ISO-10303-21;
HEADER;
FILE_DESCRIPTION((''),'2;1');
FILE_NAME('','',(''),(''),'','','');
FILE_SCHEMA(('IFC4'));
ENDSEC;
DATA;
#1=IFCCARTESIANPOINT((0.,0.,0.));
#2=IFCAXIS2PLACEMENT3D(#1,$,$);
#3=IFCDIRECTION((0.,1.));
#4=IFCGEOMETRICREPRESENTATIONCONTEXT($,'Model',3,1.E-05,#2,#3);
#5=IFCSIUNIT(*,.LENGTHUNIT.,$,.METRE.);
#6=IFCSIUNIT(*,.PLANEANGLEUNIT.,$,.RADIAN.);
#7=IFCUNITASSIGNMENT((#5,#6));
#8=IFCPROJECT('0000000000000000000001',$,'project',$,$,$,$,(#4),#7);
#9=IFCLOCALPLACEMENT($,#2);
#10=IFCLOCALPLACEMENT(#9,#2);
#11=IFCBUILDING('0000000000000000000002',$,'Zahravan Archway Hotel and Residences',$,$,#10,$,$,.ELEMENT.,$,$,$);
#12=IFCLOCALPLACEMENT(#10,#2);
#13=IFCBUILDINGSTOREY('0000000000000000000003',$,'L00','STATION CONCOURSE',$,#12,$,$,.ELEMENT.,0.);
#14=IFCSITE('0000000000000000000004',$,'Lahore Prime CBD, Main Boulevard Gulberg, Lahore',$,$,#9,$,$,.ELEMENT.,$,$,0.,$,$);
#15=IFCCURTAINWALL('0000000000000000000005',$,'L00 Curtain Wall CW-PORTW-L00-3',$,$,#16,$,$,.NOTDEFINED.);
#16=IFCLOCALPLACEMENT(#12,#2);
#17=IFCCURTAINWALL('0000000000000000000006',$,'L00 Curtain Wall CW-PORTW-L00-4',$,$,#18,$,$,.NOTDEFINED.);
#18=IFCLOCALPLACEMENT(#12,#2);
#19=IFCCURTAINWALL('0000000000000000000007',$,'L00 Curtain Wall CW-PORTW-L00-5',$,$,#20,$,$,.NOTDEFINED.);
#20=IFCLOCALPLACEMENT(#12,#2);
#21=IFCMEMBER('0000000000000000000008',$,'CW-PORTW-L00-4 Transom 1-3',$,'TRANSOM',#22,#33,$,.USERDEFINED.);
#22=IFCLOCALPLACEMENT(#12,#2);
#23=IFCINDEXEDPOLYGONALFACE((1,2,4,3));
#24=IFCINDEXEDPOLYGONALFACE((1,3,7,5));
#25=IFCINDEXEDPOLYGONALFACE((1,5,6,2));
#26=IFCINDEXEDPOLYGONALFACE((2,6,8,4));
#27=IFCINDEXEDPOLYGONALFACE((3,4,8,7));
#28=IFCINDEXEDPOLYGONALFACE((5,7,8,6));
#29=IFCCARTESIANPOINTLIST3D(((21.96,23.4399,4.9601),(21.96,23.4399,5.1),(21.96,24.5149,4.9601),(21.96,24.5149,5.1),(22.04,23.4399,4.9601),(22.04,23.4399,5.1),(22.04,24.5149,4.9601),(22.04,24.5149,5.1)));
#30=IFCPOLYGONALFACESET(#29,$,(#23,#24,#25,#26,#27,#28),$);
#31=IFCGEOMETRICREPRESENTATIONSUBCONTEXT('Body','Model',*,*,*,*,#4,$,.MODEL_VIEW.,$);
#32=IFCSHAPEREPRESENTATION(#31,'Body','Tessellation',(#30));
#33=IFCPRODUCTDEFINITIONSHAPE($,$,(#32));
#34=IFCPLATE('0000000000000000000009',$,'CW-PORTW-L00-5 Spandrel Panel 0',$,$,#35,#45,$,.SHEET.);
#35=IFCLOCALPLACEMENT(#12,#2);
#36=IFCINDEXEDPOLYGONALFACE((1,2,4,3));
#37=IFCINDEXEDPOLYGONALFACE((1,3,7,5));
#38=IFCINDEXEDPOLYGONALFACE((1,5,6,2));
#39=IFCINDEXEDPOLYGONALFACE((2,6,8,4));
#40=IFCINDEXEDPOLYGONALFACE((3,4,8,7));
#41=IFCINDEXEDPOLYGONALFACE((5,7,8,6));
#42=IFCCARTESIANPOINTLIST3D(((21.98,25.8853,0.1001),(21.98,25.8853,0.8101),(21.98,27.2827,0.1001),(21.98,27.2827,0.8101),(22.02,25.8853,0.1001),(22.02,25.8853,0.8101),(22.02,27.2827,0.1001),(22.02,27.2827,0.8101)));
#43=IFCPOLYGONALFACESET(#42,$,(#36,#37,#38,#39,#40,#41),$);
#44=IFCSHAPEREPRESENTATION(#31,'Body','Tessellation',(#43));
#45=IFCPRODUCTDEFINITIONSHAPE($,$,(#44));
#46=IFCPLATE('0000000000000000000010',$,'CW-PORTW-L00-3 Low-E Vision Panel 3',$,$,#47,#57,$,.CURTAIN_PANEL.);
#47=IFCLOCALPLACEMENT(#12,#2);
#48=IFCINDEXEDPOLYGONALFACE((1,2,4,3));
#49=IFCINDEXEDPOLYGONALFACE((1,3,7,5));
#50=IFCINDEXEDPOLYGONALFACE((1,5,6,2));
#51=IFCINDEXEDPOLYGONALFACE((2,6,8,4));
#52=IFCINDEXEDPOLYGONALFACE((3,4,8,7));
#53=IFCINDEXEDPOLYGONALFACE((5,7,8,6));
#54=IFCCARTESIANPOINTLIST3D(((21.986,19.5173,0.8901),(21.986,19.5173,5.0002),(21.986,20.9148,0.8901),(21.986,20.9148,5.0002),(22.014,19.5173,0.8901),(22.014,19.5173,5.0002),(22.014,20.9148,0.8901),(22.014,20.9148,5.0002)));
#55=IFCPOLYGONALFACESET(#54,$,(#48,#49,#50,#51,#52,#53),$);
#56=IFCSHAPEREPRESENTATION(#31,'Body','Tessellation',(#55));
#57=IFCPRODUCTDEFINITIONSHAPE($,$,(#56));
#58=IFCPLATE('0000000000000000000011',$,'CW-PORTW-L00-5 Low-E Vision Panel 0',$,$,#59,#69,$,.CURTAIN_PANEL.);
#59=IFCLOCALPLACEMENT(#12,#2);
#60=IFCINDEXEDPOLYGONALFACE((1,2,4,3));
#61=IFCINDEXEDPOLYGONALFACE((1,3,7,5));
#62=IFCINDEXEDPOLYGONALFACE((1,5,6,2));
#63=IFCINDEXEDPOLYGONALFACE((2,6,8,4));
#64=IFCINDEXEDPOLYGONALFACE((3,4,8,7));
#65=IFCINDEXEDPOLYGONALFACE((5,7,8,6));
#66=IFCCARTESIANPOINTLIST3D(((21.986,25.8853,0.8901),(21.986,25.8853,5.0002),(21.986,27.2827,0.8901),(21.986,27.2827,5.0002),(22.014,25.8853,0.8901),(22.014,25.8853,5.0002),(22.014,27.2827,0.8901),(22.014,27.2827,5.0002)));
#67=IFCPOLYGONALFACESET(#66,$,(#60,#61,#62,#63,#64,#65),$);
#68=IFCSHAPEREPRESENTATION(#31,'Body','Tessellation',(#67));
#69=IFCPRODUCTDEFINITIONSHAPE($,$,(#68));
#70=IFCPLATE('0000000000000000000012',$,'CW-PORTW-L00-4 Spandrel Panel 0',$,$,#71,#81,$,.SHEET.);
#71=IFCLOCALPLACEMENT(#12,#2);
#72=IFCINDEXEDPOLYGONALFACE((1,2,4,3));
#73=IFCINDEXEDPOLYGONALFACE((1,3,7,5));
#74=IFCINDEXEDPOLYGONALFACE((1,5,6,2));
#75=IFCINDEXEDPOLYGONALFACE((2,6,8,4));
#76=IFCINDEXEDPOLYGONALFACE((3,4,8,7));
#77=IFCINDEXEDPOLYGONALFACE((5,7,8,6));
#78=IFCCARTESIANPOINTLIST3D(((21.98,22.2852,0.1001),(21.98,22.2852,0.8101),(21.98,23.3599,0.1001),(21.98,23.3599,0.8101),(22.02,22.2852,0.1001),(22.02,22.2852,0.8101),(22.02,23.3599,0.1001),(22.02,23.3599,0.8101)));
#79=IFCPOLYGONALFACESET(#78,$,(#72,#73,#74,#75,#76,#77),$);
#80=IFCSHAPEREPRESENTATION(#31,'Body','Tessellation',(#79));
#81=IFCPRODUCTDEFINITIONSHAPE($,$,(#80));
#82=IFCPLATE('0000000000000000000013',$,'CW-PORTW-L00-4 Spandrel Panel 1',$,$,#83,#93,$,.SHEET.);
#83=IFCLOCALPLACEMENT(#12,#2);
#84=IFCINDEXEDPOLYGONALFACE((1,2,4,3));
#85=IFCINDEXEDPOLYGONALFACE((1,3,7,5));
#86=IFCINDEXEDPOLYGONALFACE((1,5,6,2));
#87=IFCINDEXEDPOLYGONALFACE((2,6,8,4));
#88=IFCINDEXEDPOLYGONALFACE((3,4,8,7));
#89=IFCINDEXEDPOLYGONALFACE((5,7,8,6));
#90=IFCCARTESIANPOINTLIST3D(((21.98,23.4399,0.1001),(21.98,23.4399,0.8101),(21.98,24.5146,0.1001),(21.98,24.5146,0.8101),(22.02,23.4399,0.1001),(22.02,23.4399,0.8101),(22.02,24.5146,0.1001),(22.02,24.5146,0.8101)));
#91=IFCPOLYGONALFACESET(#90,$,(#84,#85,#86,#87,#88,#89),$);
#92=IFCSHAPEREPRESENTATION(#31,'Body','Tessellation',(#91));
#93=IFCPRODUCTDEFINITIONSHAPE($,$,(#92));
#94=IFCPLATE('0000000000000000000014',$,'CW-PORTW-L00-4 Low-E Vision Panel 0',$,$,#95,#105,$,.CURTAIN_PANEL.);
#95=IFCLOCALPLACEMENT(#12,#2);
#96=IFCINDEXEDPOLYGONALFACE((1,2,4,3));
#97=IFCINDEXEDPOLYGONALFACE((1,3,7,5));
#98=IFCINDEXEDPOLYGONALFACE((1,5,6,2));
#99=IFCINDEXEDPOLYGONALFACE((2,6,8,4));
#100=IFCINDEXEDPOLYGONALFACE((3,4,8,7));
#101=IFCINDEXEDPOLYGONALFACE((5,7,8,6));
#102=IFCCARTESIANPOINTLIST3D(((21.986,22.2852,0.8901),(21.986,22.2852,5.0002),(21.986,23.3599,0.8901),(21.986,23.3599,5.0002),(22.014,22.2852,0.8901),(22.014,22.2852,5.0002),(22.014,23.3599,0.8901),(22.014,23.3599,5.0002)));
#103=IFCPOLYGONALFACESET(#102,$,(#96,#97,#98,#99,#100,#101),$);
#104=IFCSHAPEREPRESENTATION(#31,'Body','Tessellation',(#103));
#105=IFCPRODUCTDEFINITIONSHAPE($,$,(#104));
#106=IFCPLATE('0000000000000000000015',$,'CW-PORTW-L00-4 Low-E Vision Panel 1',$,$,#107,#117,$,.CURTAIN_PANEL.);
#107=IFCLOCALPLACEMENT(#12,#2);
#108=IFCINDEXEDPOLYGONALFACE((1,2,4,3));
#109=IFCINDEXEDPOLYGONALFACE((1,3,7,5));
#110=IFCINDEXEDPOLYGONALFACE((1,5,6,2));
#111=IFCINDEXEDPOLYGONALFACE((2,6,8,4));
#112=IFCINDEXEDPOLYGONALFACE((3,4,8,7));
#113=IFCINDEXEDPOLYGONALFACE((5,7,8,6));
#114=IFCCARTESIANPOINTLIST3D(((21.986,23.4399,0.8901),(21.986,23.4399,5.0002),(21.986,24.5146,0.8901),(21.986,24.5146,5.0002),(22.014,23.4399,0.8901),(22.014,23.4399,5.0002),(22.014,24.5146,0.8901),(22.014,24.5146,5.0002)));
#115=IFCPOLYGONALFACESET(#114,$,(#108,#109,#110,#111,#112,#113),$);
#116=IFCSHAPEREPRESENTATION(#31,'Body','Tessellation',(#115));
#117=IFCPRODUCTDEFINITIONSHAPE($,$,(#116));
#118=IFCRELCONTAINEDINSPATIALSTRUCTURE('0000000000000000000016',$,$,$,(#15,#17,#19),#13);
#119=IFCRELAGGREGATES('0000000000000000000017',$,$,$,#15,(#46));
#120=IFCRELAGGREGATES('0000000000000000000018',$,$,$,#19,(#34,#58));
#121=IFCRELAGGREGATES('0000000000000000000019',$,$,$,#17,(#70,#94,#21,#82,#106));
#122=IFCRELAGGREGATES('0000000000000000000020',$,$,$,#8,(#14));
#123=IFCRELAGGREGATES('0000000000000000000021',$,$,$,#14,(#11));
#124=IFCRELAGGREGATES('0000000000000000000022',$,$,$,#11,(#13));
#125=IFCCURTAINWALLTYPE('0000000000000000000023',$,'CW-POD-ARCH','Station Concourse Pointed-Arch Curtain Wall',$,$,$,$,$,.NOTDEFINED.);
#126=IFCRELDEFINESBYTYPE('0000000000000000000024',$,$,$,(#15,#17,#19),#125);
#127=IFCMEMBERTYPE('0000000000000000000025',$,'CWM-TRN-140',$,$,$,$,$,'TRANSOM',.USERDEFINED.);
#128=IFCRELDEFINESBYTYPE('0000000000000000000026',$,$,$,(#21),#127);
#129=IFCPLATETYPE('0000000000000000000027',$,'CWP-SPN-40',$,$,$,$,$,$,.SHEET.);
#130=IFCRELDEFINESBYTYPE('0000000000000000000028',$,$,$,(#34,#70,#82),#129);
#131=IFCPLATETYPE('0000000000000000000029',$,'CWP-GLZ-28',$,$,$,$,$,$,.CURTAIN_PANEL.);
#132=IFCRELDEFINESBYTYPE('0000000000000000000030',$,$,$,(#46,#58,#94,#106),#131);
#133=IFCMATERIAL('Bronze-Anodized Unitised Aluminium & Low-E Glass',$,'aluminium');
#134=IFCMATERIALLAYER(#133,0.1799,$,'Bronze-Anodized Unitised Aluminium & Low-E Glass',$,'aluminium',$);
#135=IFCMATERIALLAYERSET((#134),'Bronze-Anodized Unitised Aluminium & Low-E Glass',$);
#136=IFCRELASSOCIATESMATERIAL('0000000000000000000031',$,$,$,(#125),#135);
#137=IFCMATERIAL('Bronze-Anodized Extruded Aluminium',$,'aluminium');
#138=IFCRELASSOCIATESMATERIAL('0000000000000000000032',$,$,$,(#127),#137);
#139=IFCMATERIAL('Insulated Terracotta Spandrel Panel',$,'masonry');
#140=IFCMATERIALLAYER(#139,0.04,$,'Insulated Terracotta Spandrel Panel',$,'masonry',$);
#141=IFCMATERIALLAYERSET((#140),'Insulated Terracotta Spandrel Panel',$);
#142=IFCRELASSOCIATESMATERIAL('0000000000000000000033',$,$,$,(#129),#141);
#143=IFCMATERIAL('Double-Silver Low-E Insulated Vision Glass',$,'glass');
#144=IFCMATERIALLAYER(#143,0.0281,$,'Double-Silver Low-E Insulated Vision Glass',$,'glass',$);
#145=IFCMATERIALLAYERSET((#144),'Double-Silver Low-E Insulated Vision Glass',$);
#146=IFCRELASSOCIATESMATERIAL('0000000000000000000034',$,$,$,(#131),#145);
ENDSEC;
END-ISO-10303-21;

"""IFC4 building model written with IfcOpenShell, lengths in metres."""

from ifc_helpers import new_model, si_unit, direction, frame, origin, origin_2d, place, context, subcontext, project, spatial, rectangle, extrude, source, transform, mapped, material, layer, layer_set, material_profile, profile_set, type_object, element, aggregate, save


model = new_model("IFC4")

# Units and contexts
model_context = context("Model", 3, precision=1e-05, world=origin(), true_north=direction((0.0, 1.0)))
body_context = subcontext(model_context, "Body", "Model", "MODEL_VIEW")
ifc_project = project(units=[si_unit("LENGTHUNIT", "METRE"), si_unit("PLANEANGLEUNIT", "RADIAN")], contexts=[model_context])

# Site, building, storey
site_placement = place(None, origin())
site = spatial("IfcSite", under=ifc_project, at=site_placement, Name="Lahore Prime CBD, Main Boulevard Gulberg, Lahore", CompositionType="ELEMENT", RefElevation=0.0)
building_placement = place(site_placement, origin())
building = spatial("IfcBuilding", under=site, at=building_placement, Name="Zahravan Archway Hotel and Residences", CompositionType="ELEMENT")
storey_placement = place(building_placement, origin())
storey = spatial("IfcBuildingStorey", under=building, at=storey_placement, Name="L00", Description="STATION CONCOURSE", CompositionType="ELEMENT", Elevation=0.0)

# Curtain wall
ifc_material_1 = material(Name="Bronze-Anodized Unitised Aluminium & Low-E Glass", Category="aluminium")
ifc_layer_1 = layer(ifc_material_1, 0.1799, Name="Bronze-Anodized Unitised Aluminium & Low-E Glass", Category="aluminium")
ifc_layer_set_1 = layer_set([ifc_layer_1], Name="Bronze-Anodized Unitised Aluminium & Low-E Glass")
curtain_wall_type = type_object("IfcCurtainWallType", Name="CW-POD-ARCH", Description="Station Concourse Pointed-Arch Curtain Wall", PredefinedType="NOTDEFINED", material=ifc_layer_set_1)
curtain_wall_1_placement = place(storey_placement, origin())
curtain_wall_1 = element("IfcCurtainWall", 1, at=curtain_wall_1_placement, inside=storey, type_object=curtain_wall_type, Name="L00 Curtain Wall CW-PORTW-L00-3", PredefinedType="NOTDEFINED")
ifc_material_2 = material(Name="Bronze-Anodized Extruded Aluminium", Category="aluminium")

# Curtain walls
curtain_wall_2_placement = place(storey_placement, origin())
curtain_wall_2 = element("IfcCurtainWall", 2, at=curtain_wall_2_placement, inside=storey, type_object=curtain_wall_type, Name="L00 Curtain Wall CW-PORTW-L00-4", PredefinedType="NOTDEFINED")
curtain_wall_3_placement = place(storey_placement, origin())
curtain_wall_3 = element("IfcCurtainWall", 3, at=curtain_wall_3_placement, inside=storey, type_object=curtain_wall_type, Name="L00 Curtain Wall CW-PORTW-L00-5", PredefinedType="NOTDEFINED")
ifc_material_profile_1 = material_profile(ifc_material_2, rectangle(XDim=0.0801, YDim=0.1399, at=origin_2d()), Name="TRN 80x140", Category="aluminium")
ifc_profile_set_1 = profile_set([ifc_material_profile_1], Name="Bronze-Anodized Extruded Aluminium")
member_type_1 = type_object("IfcMemberType", Name="CWM-TRN-140", ElementType="TRANSOM", PredefinedType="USERDEFINED", material=ifc_profile_set_1)

# Member
shared_shape_1 = source(origin(), body_context, "Body", "SweptSolid", [
    extrude(rectangle(XDim=0.0801, YDim=0.1399, at=origin_2d()), origin(), (0.0, 0.0, 1.0), 1.075),
])
member_1_placement = place(storey_placement, frame((22.0, 23.4399, 5.03), z_axis=(0.0, 1.0, 0.0), x_axis=(-1.0, 0.0, 0.0)))
member_1 = element("IfcMember", 4, at=member_1_placement, type_object=member_type_1, Name="CW-PORTW-L00-4 Transom 1-3", ObjectType="TRANSOM", PredefinedType="USERDEFINED", context=body_context, shape_type="MappedRepresentation", body=[
    mapped(shared_shape_1, transform((0.0, 0.0, 0.0), scale=1.0)),
])

# Plates
ifc_material_3 = material(Name="Insulated Terracotta Spandrel Panel", Category="masonry")
ifc_layer_2 = layer(ifc_material_3, 0.04, Name="Insulated Terracotta Spandrel Panel", Category="masonry")
ifc_layer_set_2 = layer_set([ifc_layer_2], Name="Insulated Terracotta Spandrel Panel")
plate_type_1 = type_object("IfcPlateType", Name="CWP-SPN-40", PredefinedType="SHEET", material=ifc_layer_set_2)
shared_shape_2 = source(origin(), body_context, "Body", "SweptSolid", [
    extrude(rectangle(XDim=1.3975, YDim=0.04, at=origin_2d()), origin(), (0.0, 0.0, 1.0), 0.71),
])
plate_1_placement = place(storey_placement, frame((22.0, 26.584, 0.1001), z_axis=(0.0, 0.0, 1.0), x_axis=(0.0, 1.0, 0.0)))
plate_1 = element("IfcPlate", 5, at=plate_1_placement, type_object=plate_type_1, Name="CW-PORTW-L00-5 Spandrel Panel 0", PredefinedType="SHEET", context=body_context, shape_type="MappedRepresentation", body=[
    mapped(shared_shape_2, transform((0.0, 0.0, 0.0), scale=1.0)),
])
ifc_material_4 = material(Name="Double-Silver Low-E Insulated Vision Glass", Category="glass")
ifc_layer_3 = layer(ifc_material_4, 0.0281, Name="Double-Silver Low-E Insulated Vision Glass", Category="glass")
ifc_layer_set_3 = layer_set([ifc_layer_3], Name="Double-Silver Low-E Insulated Vision Glass")
plate_type_2 = type_object("IfcPlateType", Name="CWP-GLZ-28", PredefinedType="CURTAIN_PANEL", material=ifc_layer_set_3)
shared_shape_3 = source(origin(), body_context, "Body", "SweptSolid", [
    extrude(rectangle(XDim=1.3975, YDim=0.0281, at=origin_2d()), origin(), (0.0, 0.0, 1.0), 4.1101),
])
plate_2_placement = place(storey_placement, frame((22.0, 20.2161, 0.8901), z_axis=(0.0, 0.0, 1.0), x_axis=(0.0, 1.0, 0.0)))
plate_2 = element("IfcPlate", 6, at=plate_2_placement, type_object=plate_type_2, Name="CW-PORTW-L00-3 Low-E Vision Panel 3", PredefinedType="CURTAIN_PANEL", context=body_context, shape_type="MappedRepresentation", body=[
    mapped(shared_shape_3, transform((0.0, 0.0, 0.0), scale=1.0)),
])
aggregate(curtain_wall_1, [plate_2])
plate_3_placement = place(storey_placement, frame((22.0, 26.584, 0.8901), z_axis=(0.0, 0.0, 1.0), x_axis=(0.0, 1.0, 0.0)))
plate_3 = element("IfcPlate", 7, at=plate_3_placement, type_object=plate_type_2, Name="CW-PORTW-L00-5 Low-E Vision Panel 0", PredefinedType="CURTAIN_PANEL", context=body_context, shape_type="MappedRepresentation", body=[
    mapped(shared_shape_3, transform((0.0, 0.0, 0.0), scale=1.0)),
])
aggregate(curtain_wall_3, [plate_1, plate_3])
shared_shape_4 = source(origin(), body_context, "Body", "SweptSolid", [
    extrude(rectangle(XDim=1.0747, YDim=0.04, at=origin_2d()), origin(), (0.0, 0.0, 1.0), 0.71),
])
plate_4_placement = place(storey_placement, frame((22.0, 22.8225, 0.1001), z_axis=(0.0, 0.0, 1.0), x_axis=(0.0, 1.0, 0.0)))
plate_4 = element("IfcPlate", 8, at=plate_4_placement, type_object=plate_type_1, Name="CW-PORTW-L00-4 Spandrel Panel 0", PredefinedType="SHEET", context=body_context, shape_type="MappedRepresentation", body=[
    mapped(shared_shape_4, transform((0.0, 0.0, 0.0), scale=1.0)),
])
plate_5_placement = place(storey_placement, frame((22.0, 23.9773, 0.1001), z_axis=(0.0, 0.0, 1.0), x_axis=(0.0, 1.0, 0.0)))
plate_5 = element("IfcPlate", 9, at=plate_5_placement, type_object=plate_type_1, Name="CW-PORTW-L00-4 Spandrel Panel 1", PredefinedType="SHEET", context=body_context, shape_type="MappedRepresentation", body=[
    mapped(shared_shape_4, transform((0.0, 0.0, 0.0), scale=1.0)),
])
shared_shape_5 = source(origin(), body_context, "Body", "SweptSolid", [
    extrude(rectangle(XDim=1.0747, YDim=0.0281, at=origin_2d()), origin(), (0.0, 0.0, 1.0), 4.1101),
])
plate_6_placement = place(storey_placement, frame((22.0, 22.8225, 0.8901), z_axis=(0.0, 0.0, 1.0), x_axis=(0.0, 1.0, 0.0)))
plate_6 = element("IfcPlate", 10, at=plate_6_placement, type_object=plate_type_2, Name="CW-PORTW-L00-4 Low-E Vision Panel 0", PredefinedType="CURTAIN_PANEL", context=body_context, shape_type="MappedRepresentation", body=[
    mapped(shared_shape_5, transform((0.0, 0.0, 0.0), scale=1.0)),
])
plate_7_placement = place(storey_placement, frame((22.0, 23.9773, 0.8901), z_axis=(0.0, 0.0, 1.0), x_axis=(0.0, 1.0, 0.0)))
plate_7 = element("IfcPlate", 11, at=plate_7_placement, type_object=plate_type_2, Name="CW-PORTW-L00-4 Low-E Vision Panel 1", PredefinedType="CURTAIN_PANEL", context=body_context, shape_type="MappedRepresentation", body=[
    mapped(shared_shape_5, transform((0.0, 0.0, 0.0), scale=1.0)),
])
aggregate(curtain_wall_2, [plate_4, plate_6, member_1, plate_5, plate_7])

save(model, "model.ifc")
